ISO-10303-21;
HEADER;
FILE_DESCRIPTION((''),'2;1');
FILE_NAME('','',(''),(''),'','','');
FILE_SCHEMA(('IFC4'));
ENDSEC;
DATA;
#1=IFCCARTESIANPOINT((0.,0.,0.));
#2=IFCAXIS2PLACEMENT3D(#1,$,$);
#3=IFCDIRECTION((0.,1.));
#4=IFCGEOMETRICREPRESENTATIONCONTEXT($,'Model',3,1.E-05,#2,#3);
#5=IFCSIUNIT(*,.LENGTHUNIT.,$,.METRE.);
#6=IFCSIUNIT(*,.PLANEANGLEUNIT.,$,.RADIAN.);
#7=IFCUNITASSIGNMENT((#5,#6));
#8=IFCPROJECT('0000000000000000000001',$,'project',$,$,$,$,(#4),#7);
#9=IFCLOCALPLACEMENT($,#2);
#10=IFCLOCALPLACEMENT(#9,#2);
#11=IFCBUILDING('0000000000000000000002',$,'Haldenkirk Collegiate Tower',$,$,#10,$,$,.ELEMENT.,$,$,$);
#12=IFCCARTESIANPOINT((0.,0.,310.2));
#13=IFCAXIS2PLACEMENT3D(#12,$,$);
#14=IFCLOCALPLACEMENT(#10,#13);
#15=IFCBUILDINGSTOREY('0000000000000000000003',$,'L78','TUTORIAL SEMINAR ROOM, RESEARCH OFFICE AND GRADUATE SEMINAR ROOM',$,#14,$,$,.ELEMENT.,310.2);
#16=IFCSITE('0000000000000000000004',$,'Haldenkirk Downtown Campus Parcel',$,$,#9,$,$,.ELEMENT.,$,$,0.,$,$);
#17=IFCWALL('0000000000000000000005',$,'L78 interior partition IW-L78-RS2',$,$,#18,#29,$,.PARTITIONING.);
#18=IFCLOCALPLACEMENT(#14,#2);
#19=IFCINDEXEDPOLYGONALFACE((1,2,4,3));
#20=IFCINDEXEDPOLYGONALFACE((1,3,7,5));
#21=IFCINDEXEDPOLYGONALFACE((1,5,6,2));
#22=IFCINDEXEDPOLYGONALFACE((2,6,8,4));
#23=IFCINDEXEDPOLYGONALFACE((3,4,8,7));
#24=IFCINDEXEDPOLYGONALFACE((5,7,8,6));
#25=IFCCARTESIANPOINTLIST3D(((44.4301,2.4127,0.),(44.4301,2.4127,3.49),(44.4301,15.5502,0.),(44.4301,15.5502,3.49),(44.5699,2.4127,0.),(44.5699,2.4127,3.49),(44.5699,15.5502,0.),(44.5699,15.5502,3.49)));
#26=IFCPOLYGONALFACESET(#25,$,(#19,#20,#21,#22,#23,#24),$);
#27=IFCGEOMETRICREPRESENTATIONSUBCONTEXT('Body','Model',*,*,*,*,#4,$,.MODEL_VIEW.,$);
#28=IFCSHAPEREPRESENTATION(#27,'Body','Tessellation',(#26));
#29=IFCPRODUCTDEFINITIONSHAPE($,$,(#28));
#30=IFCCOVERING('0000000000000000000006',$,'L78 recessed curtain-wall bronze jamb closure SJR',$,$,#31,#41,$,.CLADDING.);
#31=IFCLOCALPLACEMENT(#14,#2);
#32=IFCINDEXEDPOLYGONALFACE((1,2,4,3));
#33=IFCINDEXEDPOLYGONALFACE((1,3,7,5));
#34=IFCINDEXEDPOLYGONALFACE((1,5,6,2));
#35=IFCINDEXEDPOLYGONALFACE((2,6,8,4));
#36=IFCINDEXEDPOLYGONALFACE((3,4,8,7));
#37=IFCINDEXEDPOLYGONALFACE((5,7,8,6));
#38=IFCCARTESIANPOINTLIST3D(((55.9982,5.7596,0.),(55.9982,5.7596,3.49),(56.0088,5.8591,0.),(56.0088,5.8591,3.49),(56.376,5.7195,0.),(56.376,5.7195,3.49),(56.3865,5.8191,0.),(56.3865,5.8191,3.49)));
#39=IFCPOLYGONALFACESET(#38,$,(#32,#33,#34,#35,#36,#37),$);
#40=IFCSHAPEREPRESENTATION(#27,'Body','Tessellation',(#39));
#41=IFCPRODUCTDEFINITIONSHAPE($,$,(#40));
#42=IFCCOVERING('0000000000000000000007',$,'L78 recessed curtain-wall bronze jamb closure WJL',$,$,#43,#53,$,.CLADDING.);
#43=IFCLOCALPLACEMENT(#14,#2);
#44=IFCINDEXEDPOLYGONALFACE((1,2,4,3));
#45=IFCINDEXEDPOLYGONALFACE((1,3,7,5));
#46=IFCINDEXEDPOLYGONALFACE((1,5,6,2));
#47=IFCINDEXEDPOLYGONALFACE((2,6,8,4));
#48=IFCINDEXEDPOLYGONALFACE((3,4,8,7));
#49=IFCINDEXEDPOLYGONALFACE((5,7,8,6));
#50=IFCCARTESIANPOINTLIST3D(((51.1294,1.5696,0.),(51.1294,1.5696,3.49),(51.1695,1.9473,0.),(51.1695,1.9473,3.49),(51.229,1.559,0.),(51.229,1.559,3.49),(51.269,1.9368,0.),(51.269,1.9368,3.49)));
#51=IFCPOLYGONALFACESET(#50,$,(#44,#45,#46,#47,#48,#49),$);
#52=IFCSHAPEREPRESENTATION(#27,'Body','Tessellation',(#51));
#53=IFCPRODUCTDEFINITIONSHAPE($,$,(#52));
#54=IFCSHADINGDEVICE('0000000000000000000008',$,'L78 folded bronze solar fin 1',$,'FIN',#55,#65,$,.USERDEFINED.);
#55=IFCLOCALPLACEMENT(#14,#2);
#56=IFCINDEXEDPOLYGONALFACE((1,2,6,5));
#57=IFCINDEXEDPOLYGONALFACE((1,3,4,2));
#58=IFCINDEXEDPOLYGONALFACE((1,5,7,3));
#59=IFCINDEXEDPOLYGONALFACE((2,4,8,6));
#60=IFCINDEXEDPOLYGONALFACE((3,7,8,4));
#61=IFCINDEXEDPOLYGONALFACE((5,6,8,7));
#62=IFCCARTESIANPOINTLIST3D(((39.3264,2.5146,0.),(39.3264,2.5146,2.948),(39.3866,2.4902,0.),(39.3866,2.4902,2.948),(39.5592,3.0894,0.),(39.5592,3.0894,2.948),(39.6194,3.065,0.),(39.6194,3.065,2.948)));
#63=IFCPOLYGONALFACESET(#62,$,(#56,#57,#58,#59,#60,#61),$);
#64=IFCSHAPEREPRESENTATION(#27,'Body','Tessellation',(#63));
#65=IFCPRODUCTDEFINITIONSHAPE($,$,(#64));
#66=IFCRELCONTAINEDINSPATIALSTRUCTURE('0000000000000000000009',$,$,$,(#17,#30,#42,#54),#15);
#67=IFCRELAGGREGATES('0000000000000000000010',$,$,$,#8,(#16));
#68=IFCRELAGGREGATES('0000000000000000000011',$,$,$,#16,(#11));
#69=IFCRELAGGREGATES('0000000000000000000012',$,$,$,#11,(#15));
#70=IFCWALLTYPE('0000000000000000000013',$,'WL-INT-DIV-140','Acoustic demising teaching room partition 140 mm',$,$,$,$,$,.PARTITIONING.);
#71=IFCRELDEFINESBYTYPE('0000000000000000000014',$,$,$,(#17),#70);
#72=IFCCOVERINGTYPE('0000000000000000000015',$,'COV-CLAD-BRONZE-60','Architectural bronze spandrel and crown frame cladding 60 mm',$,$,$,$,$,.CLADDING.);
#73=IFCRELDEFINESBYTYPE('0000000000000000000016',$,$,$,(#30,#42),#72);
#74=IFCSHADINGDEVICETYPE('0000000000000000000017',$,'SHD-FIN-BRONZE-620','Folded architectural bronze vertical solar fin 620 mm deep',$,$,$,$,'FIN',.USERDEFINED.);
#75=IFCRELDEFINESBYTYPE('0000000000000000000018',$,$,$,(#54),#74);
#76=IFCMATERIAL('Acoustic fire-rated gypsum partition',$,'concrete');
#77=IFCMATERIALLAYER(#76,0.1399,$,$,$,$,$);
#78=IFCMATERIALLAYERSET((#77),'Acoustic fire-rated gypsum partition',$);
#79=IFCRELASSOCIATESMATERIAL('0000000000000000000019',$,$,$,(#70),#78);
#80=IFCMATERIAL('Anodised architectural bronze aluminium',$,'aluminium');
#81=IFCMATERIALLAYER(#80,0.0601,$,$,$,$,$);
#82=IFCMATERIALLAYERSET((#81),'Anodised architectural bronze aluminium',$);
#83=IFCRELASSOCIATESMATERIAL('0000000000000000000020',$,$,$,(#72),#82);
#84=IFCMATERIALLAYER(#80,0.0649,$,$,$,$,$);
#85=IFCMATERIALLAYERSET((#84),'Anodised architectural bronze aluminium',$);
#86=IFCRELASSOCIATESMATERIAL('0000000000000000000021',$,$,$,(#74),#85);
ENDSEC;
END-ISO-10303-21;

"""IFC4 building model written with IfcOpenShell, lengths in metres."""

from ifc_helpers import new_model, si_unit, direction, frame, frame_2d, origin, origin_2d, place, context, subcontext, project, spatial, rectangle, extrude, source, transform, mapped, material, layer, layer_set, type_object, element, save


model = new_model("IFC4")

# Units and contexts
model_context = context("Model", 3, precision=1e-05, world=origin(), true_north=direction((0.0, 1.0)))
body_context = subcontext(model_context, "Body", "Model", "MODEL_VIEW")
ifc_project = project(units=[si_unit("LENGTHUNIT", "METRE"), si_unit("PLANEANGLEUNIT", "RADIAN")], contexts=[model_context])

# Site, building, storey
site_placement = place(None, origin())
site = spatial("IfcSite", under=ifc_project, at=site_placement, Name="Haldenkirk Downtown Campus Parcel", CompositionType="ELEMENT", RefElevation=0.0)
building_placement = place(site_placement, origin())
building = spatial("IfcBuilding", under=site, at=building_placement, Name="Haldenkirk Collegiate Tower", CompositionType="ELEMENT")
storey_placement = place(building_placement, frame((0.0, 0.0, 310.2)))
storey = spatial("IfcBuildingStorey", under=building, at=storey_placement, Name="L78", Description="TUTORIAL SEMINAR ROOM, RESEARCH OFFICE AND GRADUATE SEMINAR ROOM", CompositionType="ELEMENT", Elevation=310.2)

# Shared definitions
ifc_material_1 = material(Name="Anodised architectural bronze aluminium", Category="aluminium")

# Wall
ifc_material_2 = material(Name="Acoustic fire-rated gypsum partition", Category="concrete")
ifc_layer_1 = layer(ifc_material_2, 0.1399)
ifc_layer_set_1 = layer_set([ifc_layer_1], Name="Acoustic fire-rated gypsum partition")
wall_type_1 = type_object("IfcWallType", Name="WL-INT-DIV-140", Description="Acoustic demising teaching room partition 140 mm", PredefinedType="PARTITIONING", material=ifc_layer_set_1)
wall_1_placement = place(storey_placement, frame((44.5, 2.4126, 0.0), z_axis=(0.0, 0.0, 1.0), x_axis=(0.0, 1.0, 0.0)))
element("IfcWall", 1, at=wall_1_placement, inside=storey, type_object=wall_type_1, Name="L78 interior partition IW-L78-RS2", PredefinedType="PARTITIONING", context=body_context, shape_type="SweptSolid", body=[
    extrude(rectangle(XDim=13.1375, YDim=0.1399, at=frame_2d((6.5688, 0.0))), origin(), (0.0, 0.0, 1.0), 3.49),
])

# Coverings
ifc_layer_2 = layer(ifc_material_1, 0.0601)
ifc_layer_set_2 = layer_set([ifc_layer_2], Name="Anodised architectural bronze aluminium")
covering_type = type_object("IfcCoveringType", Name="COV-CLAD-BRONZE-60", Description="Architectural bronze spandrel and crown frame cladding 60 mm", PredefinedType="CLADDING", material=ifc_layer_set_2)
shared_shape_1 = source(origin(), body_context, "Body", "SweptSolid", [
    extrude(rectangle(XDim=0.1001, YDim=0.3799, at=origin_2d()), origin(), (0.0, 0.0, 1.0), 3.49),
])
for number, where, z_axis, x_axis, name in (
    (2, (56.1924, 5.7893, 0.0), (0.0, 0.0, 1.0), (-0.105396, -0.99443, 0.0), "L78 recessed curtain-wall bronze jamb closure SJR"),
    (3, (51.1992, 1.7532, 0.0), (0.0, 0.0, 1.0), (-0.99443, 0.105396, 0.0), "L78 recessed curtain-wall bronze jamb closure WJL"),
):
    element("IfcCovering", number, at=place(storey_placement, frame(where, z_axis=z_axis, x_axis=x_axis)), inside=storey, type_object=covering_type, Name=name, PredefinedType="CLADDING", context=body_context, shape_type="MappedRepresentation", body=[
        mapped(shared_shape_1, transform((0.0, 0.0, 0.0), x_axis=(1.0, 0.0, 0.0), y_axis=(0.0, 1.0, 0.0), z_axis=(0.0, 0.0, 1.0), scale=1.0)),
    ])

# Shading device
ifc_layer_3 = layer(ifc_material_1, 0.0649)
ifc_layer_set_3 = layer_set([ifc_layer_3], Name="Anodised architectural bronze aluminium")
shading_device_type = type_object("IfcShadingDeviceType", Name="SHD-FIN-BRONZE-620", Description="Folded architectural bronze vertical solar fin 620 mm deep", ElementType="FIN", PredefinedType="USERDEFINED", material=ifc_layer_set_3)
shared_shape_2 = source(origin(), body_context, "Body", "SweptSolid", [
    extrude(rectangle(XDim=0.6201, YDim=0.0649, at=origin_2d()), origin(), (0.0, 0.0, 1.0), 2.948),
])
shading_device_placement = place(storey_placement, frame((39.4729, 2.7898, 0.0), z_axis=(0.0, 0.0, 1.0), x_axis=(-0.375416, -0.926857, 0.0)))
element("IfcShadingDevice", 4, at=shading_device_placement, inside=storey, type_object=shading_device_type, Name="L78 folded bronze solar fin 1", ObjectType="FIN", PredefinedType="USERDEFINED", context=body_context, shape_type="MappedRepresentation", body=[
    mapped(shared_shape_2, transform((0.0, 0.0, 0.0), x_axis=(1.0, 0.0, 0.0), y_axis=(0.0, 1.0, 0.0), z_axis=(0.0, 0.0, 1.0), scale=1.0)),
])

save(model, "model.ifc")
